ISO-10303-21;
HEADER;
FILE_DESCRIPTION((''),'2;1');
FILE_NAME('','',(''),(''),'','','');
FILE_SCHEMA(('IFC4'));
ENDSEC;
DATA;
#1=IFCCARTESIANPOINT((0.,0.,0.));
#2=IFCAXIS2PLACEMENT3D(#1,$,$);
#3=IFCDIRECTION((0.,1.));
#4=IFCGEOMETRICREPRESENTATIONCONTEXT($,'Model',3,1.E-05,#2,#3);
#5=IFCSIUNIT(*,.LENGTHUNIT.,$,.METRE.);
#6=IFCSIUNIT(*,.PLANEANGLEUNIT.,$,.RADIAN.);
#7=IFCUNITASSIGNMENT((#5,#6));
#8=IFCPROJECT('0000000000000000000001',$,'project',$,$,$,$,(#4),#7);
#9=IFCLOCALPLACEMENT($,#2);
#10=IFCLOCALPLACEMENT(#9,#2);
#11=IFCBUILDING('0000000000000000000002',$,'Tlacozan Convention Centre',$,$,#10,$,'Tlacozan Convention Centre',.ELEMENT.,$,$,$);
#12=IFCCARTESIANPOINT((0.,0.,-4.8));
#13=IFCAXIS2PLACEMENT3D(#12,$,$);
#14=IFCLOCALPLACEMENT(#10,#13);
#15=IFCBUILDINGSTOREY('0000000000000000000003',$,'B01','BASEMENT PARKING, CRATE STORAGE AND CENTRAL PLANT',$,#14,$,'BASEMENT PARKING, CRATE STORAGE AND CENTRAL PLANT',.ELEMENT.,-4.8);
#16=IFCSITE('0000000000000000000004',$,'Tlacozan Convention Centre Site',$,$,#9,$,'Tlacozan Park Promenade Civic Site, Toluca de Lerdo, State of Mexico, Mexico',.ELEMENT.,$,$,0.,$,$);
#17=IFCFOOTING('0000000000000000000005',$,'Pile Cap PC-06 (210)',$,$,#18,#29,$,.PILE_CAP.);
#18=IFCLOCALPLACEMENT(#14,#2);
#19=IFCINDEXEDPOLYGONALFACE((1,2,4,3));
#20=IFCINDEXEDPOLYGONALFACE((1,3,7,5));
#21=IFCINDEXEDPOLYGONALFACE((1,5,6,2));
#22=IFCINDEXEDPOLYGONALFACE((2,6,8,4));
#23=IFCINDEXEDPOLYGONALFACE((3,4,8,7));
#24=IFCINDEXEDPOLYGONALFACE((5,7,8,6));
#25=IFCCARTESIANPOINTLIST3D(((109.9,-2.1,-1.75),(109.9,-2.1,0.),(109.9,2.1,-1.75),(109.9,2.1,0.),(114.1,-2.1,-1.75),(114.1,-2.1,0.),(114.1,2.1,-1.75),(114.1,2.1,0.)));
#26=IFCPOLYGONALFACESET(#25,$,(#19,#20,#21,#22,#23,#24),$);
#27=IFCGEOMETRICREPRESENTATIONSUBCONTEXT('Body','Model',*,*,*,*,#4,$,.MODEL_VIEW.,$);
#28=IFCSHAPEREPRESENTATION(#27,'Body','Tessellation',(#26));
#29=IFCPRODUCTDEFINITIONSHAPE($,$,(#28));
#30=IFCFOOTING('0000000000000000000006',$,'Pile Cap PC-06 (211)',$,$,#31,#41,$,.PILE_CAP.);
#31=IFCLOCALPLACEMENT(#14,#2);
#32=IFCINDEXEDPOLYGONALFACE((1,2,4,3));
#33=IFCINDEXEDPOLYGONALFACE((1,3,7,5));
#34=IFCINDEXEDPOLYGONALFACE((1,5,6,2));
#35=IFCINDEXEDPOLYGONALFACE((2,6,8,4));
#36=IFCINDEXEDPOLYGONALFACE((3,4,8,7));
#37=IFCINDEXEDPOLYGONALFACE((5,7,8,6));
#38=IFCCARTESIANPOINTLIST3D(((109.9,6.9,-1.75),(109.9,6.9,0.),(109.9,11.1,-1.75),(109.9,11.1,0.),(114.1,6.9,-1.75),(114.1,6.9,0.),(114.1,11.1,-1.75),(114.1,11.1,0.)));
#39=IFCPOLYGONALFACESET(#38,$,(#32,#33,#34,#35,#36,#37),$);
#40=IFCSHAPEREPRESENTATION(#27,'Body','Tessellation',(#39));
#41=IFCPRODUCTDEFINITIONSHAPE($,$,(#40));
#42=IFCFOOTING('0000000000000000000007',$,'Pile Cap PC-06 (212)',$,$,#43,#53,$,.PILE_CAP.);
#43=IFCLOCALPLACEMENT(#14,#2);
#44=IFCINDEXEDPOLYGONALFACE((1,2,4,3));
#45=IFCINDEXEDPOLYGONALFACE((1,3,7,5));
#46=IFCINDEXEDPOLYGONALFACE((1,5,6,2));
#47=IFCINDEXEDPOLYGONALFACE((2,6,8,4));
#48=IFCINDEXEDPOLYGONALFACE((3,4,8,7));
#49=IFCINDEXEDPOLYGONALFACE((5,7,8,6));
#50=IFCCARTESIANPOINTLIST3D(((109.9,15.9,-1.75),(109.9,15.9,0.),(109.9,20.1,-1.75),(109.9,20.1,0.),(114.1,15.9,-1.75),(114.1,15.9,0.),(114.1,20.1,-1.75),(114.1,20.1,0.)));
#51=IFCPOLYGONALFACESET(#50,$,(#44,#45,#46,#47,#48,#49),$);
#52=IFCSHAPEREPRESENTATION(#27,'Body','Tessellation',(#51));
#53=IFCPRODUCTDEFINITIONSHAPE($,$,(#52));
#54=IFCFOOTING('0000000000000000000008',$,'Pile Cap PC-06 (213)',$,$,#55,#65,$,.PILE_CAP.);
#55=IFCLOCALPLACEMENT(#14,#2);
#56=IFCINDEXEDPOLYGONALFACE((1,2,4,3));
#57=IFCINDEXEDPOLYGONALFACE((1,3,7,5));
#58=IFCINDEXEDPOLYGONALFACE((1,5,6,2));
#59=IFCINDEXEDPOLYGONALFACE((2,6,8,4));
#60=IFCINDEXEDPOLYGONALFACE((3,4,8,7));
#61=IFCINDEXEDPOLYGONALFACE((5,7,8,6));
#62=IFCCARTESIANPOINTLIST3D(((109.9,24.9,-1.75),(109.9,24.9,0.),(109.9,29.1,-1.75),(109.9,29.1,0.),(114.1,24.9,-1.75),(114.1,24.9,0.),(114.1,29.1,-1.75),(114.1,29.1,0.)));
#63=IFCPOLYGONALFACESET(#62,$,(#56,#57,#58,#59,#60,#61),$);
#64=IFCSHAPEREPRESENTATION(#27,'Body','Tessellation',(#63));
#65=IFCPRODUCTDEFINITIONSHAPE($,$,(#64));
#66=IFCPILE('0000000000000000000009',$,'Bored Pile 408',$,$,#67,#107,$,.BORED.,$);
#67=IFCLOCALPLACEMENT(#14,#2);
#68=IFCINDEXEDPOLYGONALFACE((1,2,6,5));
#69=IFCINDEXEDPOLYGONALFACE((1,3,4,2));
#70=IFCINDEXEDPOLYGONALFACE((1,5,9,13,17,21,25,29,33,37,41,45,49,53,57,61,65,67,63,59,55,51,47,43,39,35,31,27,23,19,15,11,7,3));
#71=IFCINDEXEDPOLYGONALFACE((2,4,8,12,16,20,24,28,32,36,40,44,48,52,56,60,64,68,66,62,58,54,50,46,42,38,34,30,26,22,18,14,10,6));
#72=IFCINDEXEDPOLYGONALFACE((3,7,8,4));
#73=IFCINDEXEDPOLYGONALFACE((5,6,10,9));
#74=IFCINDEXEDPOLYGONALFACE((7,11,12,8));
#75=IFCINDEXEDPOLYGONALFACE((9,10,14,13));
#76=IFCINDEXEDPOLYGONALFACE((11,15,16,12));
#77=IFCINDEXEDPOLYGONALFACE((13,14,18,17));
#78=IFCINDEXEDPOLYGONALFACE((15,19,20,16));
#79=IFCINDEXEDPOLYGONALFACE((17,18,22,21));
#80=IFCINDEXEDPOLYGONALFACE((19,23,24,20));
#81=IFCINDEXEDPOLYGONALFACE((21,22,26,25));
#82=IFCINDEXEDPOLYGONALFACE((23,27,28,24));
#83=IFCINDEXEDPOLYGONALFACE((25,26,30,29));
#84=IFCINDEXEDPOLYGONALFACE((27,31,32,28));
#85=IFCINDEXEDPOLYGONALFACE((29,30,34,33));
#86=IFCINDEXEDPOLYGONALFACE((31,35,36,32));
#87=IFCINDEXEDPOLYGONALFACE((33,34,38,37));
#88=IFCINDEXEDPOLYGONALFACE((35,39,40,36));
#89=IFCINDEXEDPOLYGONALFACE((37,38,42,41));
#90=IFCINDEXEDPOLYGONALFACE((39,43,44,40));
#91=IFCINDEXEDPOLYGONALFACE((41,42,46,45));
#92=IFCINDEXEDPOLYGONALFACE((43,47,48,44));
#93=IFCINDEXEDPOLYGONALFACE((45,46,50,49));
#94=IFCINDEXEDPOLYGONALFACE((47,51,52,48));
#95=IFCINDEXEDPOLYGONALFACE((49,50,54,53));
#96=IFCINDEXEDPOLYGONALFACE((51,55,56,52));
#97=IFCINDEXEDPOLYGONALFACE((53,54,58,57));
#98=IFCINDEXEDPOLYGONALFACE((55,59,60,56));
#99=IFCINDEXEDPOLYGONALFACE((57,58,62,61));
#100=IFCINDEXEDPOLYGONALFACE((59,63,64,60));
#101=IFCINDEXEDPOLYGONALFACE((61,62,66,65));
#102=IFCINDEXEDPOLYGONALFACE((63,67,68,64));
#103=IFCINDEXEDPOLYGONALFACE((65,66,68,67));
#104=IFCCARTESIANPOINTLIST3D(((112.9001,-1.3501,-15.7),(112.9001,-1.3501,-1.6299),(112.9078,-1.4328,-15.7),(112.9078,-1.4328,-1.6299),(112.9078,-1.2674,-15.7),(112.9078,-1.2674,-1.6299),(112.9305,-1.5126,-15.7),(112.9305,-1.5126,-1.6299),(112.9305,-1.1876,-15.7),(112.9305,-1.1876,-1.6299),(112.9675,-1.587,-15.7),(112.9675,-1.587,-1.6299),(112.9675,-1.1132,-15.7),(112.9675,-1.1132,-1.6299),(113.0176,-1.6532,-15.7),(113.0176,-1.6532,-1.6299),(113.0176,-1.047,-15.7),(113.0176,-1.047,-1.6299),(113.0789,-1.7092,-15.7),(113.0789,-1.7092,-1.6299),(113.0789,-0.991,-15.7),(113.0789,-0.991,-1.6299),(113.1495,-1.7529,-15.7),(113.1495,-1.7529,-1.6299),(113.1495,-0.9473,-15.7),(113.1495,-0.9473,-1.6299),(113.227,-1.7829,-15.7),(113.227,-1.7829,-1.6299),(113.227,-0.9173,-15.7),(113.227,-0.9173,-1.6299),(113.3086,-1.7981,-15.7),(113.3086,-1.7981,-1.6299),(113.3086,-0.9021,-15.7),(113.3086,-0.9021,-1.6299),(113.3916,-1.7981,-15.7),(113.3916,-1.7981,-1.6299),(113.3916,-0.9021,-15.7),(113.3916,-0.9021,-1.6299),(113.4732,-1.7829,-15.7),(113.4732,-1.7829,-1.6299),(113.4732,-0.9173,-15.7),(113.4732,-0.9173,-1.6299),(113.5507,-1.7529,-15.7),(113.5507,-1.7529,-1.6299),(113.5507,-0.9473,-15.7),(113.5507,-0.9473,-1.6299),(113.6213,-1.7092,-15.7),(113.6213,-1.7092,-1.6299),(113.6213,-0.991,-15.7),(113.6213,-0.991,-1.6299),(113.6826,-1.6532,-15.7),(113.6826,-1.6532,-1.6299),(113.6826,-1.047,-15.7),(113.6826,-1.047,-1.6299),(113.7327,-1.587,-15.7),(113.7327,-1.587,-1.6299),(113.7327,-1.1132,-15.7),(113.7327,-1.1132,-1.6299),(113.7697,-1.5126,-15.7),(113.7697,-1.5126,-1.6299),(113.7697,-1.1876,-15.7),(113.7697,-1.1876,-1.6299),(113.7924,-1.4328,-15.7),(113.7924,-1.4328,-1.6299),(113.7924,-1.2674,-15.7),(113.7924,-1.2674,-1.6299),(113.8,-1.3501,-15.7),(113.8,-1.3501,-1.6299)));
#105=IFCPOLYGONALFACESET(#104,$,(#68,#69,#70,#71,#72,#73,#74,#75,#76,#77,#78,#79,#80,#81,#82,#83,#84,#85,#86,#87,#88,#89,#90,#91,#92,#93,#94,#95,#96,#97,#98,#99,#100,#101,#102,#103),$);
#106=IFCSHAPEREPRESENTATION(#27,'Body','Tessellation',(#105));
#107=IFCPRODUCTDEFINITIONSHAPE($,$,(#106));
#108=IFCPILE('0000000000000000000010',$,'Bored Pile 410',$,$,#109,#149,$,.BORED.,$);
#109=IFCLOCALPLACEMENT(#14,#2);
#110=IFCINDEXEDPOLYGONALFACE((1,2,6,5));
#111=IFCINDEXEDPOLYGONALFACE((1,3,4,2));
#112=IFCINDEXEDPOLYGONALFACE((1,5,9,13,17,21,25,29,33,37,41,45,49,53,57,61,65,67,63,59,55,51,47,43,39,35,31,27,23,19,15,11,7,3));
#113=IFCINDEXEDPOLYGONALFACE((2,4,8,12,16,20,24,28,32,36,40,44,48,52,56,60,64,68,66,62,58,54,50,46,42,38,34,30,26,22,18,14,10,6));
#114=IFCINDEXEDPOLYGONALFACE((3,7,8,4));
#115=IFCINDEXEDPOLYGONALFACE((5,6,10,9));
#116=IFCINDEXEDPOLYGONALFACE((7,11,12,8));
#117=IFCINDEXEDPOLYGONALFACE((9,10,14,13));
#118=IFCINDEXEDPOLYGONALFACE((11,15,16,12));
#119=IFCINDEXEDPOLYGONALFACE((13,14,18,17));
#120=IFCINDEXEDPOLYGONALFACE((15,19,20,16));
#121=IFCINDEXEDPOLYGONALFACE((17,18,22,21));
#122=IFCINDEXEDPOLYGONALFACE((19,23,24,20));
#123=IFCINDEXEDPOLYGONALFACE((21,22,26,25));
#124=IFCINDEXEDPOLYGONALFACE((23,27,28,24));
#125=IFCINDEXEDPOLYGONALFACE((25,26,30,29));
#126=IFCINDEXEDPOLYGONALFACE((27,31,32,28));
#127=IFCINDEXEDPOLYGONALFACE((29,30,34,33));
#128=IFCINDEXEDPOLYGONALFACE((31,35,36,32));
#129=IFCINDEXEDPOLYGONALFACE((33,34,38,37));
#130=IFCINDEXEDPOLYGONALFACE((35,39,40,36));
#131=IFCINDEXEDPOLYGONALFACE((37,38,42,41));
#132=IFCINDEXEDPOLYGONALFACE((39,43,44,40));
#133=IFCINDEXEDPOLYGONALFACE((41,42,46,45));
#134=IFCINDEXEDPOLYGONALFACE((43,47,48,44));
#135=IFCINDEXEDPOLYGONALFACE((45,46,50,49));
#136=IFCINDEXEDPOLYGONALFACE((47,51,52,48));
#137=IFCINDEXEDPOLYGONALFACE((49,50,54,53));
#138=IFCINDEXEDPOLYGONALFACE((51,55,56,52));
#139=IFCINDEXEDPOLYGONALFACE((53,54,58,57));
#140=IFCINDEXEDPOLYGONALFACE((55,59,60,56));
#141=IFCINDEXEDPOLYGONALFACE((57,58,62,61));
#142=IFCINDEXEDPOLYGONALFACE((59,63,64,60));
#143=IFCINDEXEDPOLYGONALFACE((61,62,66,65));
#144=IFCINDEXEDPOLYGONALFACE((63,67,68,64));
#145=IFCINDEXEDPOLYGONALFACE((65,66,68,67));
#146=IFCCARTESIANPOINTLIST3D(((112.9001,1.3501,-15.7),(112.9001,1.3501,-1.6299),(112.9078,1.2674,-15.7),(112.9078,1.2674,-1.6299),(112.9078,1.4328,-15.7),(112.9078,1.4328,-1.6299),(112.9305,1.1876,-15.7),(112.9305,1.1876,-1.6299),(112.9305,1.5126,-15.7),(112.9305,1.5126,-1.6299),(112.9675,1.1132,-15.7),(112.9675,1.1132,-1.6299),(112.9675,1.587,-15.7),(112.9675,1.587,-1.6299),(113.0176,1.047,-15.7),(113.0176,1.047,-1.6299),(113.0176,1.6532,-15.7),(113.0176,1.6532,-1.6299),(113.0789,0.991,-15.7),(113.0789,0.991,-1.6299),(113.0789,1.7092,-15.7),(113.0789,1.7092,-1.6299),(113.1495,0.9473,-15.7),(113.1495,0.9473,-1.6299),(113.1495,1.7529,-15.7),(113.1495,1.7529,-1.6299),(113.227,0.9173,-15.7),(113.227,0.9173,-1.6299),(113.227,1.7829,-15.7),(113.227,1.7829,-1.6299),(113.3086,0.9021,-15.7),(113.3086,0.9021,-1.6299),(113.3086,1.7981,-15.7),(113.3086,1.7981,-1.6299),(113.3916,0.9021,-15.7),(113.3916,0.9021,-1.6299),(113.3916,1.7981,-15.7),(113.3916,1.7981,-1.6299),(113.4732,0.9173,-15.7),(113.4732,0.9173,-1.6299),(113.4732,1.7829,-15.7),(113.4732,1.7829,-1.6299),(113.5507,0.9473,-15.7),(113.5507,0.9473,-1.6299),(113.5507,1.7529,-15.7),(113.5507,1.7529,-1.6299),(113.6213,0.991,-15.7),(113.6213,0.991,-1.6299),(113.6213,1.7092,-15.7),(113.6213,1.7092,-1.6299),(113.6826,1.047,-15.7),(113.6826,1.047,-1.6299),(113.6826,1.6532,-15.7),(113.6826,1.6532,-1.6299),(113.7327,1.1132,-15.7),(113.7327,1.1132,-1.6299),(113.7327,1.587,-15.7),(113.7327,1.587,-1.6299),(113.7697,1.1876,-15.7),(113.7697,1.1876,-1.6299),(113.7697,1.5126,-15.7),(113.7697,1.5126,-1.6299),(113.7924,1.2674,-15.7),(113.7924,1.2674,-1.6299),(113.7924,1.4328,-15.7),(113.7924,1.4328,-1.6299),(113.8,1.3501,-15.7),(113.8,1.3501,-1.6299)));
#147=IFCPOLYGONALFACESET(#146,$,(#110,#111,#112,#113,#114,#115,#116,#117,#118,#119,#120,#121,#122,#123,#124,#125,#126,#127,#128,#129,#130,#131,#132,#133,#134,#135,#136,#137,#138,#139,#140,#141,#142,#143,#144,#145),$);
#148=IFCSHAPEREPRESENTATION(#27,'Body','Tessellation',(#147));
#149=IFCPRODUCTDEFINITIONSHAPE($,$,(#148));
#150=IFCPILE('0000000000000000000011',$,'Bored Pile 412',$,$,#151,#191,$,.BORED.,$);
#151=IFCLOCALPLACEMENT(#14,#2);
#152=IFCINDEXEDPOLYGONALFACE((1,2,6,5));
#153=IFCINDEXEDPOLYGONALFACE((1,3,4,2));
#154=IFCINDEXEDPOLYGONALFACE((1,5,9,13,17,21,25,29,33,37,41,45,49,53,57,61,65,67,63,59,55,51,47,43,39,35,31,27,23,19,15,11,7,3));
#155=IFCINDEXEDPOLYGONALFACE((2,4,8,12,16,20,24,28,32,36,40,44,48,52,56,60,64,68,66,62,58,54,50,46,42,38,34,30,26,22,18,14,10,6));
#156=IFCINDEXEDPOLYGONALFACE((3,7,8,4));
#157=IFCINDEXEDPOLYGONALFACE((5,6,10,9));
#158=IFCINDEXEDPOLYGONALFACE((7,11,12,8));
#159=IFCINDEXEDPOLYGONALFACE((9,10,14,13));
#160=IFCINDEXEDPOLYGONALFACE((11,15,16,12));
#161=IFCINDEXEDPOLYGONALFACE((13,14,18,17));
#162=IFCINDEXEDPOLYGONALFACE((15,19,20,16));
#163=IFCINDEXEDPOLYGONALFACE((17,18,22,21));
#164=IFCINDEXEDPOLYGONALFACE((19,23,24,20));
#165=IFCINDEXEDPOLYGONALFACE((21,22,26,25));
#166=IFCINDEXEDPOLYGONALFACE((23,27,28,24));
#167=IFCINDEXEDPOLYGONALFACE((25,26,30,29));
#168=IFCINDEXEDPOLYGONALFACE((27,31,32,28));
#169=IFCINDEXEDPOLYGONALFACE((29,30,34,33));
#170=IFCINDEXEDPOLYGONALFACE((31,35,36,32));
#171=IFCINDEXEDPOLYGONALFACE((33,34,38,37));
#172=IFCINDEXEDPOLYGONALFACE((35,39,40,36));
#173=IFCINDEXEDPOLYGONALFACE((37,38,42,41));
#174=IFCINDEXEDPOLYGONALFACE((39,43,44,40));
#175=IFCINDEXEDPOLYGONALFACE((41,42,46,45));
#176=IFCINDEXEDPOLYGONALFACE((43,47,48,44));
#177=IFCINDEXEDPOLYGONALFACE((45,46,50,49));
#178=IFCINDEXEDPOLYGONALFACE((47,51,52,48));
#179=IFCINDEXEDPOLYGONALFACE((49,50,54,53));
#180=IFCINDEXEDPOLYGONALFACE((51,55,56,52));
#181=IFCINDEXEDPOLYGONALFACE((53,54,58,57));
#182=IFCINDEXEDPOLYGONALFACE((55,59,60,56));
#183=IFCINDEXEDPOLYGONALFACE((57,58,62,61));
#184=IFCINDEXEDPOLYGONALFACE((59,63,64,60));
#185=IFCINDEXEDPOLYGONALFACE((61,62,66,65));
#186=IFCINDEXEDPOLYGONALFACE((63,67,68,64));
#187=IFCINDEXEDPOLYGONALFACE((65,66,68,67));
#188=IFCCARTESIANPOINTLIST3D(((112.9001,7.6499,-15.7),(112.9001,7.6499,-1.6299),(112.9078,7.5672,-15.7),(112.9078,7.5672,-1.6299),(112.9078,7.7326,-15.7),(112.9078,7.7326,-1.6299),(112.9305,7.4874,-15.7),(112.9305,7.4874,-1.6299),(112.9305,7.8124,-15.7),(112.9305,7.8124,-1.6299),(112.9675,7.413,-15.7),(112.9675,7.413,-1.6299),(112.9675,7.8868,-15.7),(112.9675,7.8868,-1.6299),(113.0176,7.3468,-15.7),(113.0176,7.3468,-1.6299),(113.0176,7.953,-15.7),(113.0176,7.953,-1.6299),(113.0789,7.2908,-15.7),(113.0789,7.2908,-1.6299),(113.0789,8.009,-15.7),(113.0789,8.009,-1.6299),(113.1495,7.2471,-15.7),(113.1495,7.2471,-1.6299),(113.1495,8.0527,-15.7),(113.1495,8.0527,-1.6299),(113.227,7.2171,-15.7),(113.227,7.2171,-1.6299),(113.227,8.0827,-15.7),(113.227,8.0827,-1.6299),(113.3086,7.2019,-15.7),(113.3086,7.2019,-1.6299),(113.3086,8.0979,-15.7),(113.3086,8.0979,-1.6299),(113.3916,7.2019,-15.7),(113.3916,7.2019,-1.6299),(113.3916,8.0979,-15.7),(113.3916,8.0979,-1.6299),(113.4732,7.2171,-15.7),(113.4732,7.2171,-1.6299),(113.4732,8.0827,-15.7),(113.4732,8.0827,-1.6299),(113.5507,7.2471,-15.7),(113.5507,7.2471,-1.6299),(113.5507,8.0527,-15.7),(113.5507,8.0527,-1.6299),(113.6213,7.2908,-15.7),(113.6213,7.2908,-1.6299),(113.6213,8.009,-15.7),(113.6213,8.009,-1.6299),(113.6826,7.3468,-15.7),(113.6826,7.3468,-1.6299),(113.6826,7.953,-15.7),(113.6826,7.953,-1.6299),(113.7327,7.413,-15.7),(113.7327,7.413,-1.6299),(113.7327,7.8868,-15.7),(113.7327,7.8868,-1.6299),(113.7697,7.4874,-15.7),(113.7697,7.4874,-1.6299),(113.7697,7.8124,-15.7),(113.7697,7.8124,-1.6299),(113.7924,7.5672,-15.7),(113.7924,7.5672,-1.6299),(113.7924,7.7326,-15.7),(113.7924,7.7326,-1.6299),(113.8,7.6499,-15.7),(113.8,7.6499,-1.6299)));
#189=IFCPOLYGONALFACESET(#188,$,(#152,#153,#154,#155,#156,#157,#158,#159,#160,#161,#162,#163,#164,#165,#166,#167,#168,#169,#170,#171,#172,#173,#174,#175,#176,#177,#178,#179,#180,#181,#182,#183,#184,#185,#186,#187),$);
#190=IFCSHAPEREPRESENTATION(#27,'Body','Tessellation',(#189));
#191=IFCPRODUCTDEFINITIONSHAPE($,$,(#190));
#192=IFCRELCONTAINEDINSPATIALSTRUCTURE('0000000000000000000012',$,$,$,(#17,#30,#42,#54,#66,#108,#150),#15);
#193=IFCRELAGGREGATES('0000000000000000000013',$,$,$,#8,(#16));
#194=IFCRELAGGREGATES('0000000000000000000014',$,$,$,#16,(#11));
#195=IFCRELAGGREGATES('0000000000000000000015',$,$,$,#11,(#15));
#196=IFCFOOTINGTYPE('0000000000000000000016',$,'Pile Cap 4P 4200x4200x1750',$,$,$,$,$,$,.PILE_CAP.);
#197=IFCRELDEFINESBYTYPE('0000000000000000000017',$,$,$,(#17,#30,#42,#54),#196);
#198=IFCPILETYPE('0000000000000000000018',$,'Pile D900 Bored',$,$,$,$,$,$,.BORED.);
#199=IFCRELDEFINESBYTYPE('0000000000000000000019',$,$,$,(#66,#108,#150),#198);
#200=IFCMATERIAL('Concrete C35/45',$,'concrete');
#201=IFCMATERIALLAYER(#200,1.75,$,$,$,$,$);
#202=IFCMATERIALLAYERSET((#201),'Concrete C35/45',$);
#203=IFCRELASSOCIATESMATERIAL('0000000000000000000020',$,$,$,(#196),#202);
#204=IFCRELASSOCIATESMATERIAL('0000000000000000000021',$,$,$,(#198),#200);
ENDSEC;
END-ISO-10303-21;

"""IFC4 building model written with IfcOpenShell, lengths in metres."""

from ifc_helpers import new_model, si_unit, direction, frame, origin, origin_2d, place, context, subcontext, project, spatial, rectangle, circle, extrude, material, layer, layer_set, material_profile, profile_set, type_object, element, save


model = new_model("IFC4")

# Units and contexts
model_context = context("Model", 3, precision=1e-05, world=origin(), true_north=direction((0.0, 1.0)))
body_context = subcontext(model_context, "Body", "Model", "MODEL_VIEW")
ifc_project = project(units=[si_unit("LENGTHUNIT", "METRE"), si_unit("PLANEANGLEUNIT", "RADIAN")], contexts=[model_context])

# Site, building, storey
site_placement = place(None, origin())
site = spatial("IfcSite", under=ifc_project, at=site_placement, Name="Tlacozan Convention Centre Site", LongName="Tlacozan Park Promenade Civic Site, Toluca de Lerdo, State of Mexico, Mexico", CompositionType="ELEMENT", RefElevation=0.0)
building_placement = place(site_placement, origin())
building = spatial("IfcBuilding", under=site, at=building_placement, Name="Tlacozan Convention Centre", LongName="Tlacozan Convention Centre", CompositionType="ELEMENT")
storey_placement = place(building_placement, frame((0.0, 0.0, -4.8)))
storey = spatial("IfcBuildingStorey", under=building, at=storey_placement, Name="B01", Description="BASEMENT PARKING, CRATE STORAGE AND CENTRAL PLANT", LongName="BASEMENT PARKING, CRATE STORAGE AND CENTRAL PLANT", CompositionType="ELEMENT", Elevation=-4.8)

# Footings
ifc_material_1 = material(Name="Concrete C35/45", Category="concrete")
ifc_layer_1 = layer(ifc_material_1, 1.75)
ifc_layer_set_1 = layer_set([ifc_layer_1], Name="Concrete C35/45")
footing_type = type_object("IfcFootingType", Name="Pile Cap 4P 4200x4200x1750", PredefinedType="PILE_CAP", material=ifc_layer_set_1)
for number, where, z_axis, x_axis, name in (
    (1, (112.0, 0.0, -1.75), (0.0, 0.0, 1.0), (1.0, 0.0, 0.0), "Pile Cap PC-06 (210)"),
    (2, (112.0, 9.0, -1.75), (0.0, 0.0, 1.0), (1.0, 0.0, 0.0), "Pile Cap PC-06 (211)"),
    (3, (112.0, 18.0, -1.75), (0.0, 0.0, 1.0), (1.0, 0.0, 0.0), "Pile Cap PC-06 (212)"),
    (4, (112.0, 27.0, -1.75), (0.0, 0.0, 1.0), (1.0, 0.0, 0.0), "Pile Cap PC-06 (213)"),
):
    element("IfcFooting", number, at=place(storey_placement, frame(where, z_axis=z_axis, x_axis=x_axis)), inside=storey, type_object=footing_type, Name=name, PredefinedType="PILE_CAP", context=body_context, shape_type="SweptSolid", body=[
        extrude(rectangle(XDim=4.2, YDim=4.2, at=origin_2d()), origin(), (0.0, 0.0, 1.0), 1.75),
    ])

# Piles
ifc_material_profile_1 = material_profile(ifc_material_1, circle(Radius=0.45, at=origin_2d()), Name="PILE D900")
ifc_profile_set_1 = profile_set([ifc_material_profile_1], Name="Concrete C35/45")
pile_type = type_object("IfcPileType", Name="Pile D900 Bored", PredefinedType="BORED", material=ifc_profile_set_1)
for number, where, z_axis, x_axis, name in (
    (5, (113.3501, -1.3501, -1.6299), (0.0, 0.0, -1.0), (1.0, 0.0, 0.0), "Bored Pile 408"),
    (6, (113.3501, 1.3501, -1.6299), (0.0, 0.0, -1.0), (1.0, 0.0, 0.0), "Bored Pile 410"),
    (7, (113.3501, 7.6499, -1.6299), (0.0, 0.0, -1.0), (1.0, 0.0, 0.0), "Bored Pile 412"),
):
    element("IfcPile", number, at=place(storey_placement, frame(where, z_axis=z_axis, x_axis=x_axis)), inside=storey, type_object=pile_type, Name=name, PredefinedType="BORED", context=body_context, shape_type="SweptSolid", body=[
        extrude(circle(Radius=0.45, at=origin_2d()), origin(), (0.0, 0.0, 1.0), 14.0701),
    ])

save(model, "model.ifc")
